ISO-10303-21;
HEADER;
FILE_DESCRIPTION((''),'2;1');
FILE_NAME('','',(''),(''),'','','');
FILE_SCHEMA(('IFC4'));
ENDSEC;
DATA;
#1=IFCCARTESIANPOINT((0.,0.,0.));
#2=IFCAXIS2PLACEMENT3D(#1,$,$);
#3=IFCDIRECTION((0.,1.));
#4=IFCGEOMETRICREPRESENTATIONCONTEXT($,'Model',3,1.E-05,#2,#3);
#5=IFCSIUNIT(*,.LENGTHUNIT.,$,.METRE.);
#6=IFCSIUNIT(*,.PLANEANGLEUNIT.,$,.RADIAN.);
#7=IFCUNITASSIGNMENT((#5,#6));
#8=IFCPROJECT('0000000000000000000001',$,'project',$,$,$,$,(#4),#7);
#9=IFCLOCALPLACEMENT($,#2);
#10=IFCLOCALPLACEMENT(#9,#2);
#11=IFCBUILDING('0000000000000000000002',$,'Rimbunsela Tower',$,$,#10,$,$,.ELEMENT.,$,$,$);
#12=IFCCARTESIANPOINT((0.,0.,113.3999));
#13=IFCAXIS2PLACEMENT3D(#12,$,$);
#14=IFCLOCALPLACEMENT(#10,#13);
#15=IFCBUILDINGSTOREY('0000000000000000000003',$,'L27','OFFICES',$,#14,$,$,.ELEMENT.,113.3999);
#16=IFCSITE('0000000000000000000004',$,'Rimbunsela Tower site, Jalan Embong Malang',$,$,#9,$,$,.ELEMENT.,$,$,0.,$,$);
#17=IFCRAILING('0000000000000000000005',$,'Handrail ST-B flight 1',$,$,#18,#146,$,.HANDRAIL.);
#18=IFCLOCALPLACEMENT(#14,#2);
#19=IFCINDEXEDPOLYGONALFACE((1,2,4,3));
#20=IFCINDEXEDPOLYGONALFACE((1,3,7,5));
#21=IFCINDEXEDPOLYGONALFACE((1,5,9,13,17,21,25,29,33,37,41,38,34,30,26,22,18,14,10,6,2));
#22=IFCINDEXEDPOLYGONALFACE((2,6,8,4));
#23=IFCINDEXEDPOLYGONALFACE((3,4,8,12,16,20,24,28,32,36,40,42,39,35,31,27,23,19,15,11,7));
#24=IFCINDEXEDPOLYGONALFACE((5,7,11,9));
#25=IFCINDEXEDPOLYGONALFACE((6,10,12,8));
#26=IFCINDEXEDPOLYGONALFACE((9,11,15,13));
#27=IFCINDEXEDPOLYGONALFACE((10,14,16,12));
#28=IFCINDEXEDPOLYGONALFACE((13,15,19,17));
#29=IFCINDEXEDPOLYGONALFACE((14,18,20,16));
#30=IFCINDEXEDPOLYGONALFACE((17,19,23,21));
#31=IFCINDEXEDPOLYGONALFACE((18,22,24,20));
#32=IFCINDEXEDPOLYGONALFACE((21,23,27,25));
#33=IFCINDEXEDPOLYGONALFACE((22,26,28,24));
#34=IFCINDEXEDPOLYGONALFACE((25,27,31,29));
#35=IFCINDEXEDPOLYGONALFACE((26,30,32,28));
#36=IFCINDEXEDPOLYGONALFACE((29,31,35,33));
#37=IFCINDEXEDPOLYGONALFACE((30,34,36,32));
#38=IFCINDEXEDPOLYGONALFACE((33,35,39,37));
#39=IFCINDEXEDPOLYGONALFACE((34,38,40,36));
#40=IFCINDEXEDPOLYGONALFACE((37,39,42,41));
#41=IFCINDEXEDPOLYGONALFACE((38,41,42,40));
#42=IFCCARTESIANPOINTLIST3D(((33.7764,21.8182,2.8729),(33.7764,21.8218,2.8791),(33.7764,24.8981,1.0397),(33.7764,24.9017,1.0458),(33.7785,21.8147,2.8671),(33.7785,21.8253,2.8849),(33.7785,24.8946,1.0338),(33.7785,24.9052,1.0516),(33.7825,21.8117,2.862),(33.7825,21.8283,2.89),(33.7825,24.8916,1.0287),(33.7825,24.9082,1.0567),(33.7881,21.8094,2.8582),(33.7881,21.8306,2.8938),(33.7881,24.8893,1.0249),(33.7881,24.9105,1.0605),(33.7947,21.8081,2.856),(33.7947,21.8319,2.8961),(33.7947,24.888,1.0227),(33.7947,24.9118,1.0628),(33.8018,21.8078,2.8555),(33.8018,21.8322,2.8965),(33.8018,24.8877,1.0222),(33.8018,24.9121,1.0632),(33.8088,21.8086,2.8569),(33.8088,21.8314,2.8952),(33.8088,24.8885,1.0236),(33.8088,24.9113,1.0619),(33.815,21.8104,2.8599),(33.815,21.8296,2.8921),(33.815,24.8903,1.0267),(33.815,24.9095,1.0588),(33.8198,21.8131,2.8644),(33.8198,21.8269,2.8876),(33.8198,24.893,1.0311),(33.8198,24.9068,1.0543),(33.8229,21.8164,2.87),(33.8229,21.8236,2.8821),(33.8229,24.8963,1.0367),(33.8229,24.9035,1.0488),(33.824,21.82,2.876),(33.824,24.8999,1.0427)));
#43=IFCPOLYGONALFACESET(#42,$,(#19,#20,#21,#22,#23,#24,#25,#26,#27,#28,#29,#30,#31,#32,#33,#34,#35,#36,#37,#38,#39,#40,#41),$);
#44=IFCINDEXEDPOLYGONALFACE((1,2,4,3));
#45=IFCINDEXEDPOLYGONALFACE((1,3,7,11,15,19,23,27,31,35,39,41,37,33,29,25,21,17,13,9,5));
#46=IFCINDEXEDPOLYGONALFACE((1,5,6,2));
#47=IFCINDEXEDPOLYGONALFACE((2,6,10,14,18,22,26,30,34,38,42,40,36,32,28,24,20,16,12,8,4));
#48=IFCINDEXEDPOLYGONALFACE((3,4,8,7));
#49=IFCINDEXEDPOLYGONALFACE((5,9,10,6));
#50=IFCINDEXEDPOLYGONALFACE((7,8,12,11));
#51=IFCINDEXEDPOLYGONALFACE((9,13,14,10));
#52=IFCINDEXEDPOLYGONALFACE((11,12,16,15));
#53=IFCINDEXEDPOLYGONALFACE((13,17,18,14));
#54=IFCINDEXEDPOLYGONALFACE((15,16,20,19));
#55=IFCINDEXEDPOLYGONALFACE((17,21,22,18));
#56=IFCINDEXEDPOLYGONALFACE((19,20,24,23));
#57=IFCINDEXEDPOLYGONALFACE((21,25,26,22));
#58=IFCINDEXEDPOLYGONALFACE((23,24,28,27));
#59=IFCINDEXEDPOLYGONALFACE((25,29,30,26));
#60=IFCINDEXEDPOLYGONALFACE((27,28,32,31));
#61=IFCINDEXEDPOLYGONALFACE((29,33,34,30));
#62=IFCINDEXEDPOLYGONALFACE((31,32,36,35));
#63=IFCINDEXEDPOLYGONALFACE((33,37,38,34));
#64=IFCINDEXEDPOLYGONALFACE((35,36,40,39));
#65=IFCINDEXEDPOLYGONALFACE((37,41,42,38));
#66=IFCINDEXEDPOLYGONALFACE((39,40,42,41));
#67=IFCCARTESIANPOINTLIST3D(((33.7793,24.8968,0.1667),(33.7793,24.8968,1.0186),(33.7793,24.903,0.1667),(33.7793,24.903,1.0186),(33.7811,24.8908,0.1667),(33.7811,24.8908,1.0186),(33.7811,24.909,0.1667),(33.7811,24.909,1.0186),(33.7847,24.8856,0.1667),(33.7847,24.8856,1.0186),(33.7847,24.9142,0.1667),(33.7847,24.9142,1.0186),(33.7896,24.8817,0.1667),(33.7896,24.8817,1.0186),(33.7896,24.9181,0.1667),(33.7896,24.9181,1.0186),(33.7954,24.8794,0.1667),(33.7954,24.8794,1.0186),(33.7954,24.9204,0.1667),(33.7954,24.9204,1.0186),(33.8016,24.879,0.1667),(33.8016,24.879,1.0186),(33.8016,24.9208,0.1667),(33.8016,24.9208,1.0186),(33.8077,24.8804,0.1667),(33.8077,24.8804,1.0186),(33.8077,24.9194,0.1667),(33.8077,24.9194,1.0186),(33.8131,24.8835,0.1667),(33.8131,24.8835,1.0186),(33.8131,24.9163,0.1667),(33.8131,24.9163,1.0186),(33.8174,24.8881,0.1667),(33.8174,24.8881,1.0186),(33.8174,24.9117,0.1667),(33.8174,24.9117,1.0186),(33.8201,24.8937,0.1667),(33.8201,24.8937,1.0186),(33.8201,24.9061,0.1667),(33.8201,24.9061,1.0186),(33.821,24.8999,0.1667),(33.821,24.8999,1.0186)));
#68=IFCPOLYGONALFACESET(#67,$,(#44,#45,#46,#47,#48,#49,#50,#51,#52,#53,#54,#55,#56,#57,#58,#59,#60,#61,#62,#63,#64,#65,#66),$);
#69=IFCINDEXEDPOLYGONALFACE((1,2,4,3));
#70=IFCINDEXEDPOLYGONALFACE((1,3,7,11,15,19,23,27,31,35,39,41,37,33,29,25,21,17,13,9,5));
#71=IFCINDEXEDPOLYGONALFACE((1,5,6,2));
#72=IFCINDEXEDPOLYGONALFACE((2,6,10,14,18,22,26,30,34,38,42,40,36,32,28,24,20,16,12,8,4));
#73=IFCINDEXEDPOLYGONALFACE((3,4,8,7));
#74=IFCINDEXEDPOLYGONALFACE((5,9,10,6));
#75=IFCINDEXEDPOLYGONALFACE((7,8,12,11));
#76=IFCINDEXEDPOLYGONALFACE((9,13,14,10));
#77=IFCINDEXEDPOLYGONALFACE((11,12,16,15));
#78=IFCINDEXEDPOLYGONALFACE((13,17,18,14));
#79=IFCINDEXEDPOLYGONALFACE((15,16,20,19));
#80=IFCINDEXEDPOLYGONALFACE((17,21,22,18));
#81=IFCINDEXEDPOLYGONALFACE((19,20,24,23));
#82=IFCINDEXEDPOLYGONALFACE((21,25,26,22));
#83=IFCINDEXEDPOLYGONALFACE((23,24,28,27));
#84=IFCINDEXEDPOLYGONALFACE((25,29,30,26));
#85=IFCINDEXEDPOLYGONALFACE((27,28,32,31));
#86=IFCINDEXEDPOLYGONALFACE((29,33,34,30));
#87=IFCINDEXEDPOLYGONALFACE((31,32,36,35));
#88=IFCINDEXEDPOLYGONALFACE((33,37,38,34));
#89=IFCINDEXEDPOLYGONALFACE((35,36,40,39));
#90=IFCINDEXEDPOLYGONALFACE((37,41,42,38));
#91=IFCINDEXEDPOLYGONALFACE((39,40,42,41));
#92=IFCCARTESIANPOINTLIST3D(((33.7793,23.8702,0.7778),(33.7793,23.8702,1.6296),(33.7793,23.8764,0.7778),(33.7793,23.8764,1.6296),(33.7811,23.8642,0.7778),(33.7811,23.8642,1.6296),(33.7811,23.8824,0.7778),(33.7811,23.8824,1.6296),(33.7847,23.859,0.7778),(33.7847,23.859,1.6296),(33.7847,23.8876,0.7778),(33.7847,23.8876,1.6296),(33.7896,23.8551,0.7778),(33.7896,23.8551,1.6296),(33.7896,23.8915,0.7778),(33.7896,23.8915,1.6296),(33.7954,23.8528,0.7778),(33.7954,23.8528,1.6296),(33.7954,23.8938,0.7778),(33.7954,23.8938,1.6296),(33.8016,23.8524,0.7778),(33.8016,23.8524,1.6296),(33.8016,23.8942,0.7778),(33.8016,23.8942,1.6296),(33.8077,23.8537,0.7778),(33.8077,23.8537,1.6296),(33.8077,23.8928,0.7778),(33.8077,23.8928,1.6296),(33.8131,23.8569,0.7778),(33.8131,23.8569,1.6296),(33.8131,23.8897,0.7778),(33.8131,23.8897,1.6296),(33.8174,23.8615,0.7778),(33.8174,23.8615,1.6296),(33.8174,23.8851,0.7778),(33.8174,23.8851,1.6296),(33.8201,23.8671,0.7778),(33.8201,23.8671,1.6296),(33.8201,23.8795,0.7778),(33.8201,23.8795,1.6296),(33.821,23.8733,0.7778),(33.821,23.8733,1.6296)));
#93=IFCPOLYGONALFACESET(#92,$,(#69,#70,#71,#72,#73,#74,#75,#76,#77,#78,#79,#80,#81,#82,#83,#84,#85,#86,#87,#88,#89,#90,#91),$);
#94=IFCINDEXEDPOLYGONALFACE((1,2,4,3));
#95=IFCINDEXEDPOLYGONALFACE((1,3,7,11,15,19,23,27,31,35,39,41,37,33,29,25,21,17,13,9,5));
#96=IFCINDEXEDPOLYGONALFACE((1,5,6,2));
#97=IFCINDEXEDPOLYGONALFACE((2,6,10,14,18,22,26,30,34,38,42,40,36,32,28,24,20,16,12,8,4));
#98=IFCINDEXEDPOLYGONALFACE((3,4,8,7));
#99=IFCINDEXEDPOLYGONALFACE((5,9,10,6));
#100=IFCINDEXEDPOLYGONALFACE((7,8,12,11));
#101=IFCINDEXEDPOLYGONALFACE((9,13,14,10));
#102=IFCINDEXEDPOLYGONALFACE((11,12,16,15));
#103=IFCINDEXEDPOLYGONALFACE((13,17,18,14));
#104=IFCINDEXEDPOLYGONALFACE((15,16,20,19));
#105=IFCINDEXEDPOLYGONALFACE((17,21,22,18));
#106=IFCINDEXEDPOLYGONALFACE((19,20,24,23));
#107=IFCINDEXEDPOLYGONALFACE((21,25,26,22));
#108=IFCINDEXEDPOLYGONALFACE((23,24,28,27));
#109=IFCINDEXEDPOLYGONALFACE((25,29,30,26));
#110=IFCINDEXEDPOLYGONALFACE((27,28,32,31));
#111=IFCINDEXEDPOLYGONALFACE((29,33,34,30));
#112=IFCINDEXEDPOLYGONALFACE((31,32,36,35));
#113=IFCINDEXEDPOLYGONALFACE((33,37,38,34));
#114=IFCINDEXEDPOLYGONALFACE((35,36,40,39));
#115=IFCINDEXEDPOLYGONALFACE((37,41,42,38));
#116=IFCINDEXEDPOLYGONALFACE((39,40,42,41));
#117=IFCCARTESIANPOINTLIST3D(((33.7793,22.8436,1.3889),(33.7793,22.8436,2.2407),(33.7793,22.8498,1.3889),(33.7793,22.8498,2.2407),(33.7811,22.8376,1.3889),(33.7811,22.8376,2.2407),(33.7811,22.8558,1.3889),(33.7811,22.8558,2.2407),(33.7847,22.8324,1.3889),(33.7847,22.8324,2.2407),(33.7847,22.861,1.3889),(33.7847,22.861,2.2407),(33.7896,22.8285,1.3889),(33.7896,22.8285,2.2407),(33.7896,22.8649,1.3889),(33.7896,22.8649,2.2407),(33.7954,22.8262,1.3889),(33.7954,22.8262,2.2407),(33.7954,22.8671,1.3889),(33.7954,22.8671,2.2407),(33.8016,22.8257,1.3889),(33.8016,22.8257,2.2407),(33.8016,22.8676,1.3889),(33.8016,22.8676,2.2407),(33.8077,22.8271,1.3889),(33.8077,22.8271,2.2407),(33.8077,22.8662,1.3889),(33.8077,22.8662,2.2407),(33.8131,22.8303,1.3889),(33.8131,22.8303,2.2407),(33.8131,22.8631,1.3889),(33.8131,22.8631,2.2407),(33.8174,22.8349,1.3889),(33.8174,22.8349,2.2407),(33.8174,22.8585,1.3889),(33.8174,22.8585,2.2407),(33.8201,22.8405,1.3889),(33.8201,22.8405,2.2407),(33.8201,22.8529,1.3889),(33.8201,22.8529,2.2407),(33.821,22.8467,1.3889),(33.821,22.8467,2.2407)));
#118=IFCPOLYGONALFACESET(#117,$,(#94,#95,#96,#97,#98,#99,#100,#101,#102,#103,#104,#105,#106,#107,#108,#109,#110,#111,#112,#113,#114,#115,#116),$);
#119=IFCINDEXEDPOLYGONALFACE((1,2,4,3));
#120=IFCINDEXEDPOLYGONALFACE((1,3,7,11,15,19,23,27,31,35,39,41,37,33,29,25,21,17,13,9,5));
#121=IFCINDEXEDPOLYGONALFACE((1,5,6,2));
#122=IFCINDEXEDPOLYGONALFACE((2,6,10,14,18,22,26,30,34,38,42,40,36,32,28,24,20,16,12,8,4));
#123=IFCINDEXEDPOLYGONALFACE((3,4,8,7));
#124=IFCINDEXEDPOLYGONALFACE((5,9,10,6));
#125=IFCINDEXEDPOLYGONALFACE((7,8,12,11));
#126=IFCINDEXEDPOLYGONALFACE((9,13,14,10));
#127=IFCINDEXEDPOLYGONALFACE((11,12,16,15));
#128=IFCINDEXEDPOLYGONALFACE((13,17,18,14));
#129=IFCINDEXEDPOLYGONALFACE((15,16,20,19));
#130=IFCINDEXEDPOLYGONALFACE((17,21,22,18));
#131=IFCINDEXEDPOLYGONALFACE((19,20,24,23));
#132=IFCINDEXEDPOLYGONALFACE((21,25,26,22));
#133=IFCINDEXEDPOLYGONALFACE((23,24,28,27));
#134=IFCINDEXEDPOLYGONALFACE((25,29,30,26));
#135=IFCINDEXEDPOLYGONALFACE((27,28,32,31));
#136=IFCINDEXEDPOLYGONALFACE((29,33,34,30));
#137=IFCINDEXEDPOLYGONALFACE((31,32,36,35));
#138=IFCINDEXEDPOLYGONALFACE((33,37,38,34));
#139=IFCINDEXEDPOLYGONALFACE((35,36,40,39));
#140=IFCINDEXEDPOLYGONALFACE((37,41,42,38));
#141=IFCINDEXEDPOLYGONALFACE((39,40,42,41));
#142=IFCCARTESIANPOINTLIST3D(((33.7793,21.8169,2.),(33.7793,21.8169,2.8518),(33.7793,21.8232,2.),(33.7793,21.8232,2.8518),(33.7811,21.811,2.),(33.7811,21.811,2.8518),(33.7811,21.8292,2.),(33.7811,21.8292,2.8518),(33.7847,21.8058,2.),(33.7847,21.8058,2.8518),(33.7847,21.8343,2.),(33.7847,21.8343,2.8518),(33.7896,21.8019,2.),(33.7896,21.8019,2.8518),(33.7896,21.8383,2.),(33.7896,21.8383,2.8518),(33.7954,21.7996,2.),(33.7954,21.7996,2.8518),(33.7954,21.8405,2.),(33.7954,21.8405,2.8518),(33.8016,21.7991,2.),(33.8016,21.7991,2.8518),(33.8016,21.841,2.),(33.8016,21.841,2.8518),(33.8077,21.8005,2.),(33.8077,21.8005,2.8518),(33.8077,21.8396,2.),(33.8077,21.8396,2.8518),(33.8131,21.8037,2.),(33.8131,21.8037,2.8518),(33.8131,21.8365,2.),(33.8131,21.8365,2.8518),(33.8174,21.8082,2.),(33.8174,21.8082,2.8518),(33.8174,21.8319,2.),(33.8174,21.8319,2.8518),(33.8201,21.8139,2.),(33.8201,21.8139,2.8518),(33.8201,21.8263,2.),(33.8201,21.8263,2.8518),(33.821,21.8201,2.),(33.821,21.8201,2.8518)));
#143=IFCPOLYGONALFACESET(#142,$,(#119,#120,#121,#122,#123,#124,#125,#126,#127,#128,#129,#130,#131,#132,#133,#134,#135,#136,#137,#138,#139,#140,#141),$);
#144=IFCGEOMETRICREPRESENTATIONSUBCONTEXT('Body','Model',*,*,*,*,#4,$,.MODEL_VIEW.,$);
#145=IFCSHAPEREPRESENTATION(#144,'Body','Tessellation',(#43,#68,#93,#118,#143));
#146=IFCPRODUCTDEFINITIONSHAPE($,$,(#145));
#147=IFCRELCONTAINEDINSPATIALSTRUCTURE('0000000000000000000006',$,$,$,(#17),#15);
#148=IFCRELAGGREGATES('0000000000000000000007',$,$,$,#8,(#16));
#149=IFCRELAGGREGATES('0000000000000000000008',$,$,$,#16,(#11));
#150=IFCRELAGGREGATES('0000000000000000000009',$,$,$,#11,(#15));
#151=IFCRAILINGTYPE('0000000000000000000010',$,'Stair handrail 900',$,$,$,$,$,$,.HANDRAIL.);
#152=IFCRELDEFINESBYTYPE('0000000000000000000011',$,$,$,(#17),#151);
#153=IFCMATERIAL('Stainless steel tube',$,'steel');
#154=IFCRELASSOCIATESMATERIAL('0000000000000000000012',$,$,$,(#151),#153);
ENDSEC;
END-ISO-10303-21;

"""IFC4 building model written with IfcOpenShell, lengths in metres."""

from ifc_helpers import new_model, si_unit, direction, frame, origin, origin_2d, place, context, subcontext, project, spatial, circle, extrude, material, type_object, element, save


model = new_model("IFC4")

# Units and contexts
model_context = context("Model", 3, precision=1e-05, world=origin(), true_north=direction((0.0, 1.0)))
body_context = subcontext(model_context, "Body", "Model", "MODEL_VIEW")
ifc_project = project(units=[si_unit("LENGTHUNIT", "METRE"), si_unit("PLANEANGLEUNIT", "RADIAN")], contexts=[model_context])

# Site, building, storey
site_placement = place(None, origin())
site = spatial("IfcSite", under=ifc_project, at=site_placement, Name="Rimbunsela Tower site, Jalan Embong Malang", CompositionType="ELEMENT", RefElevation=0.0)
building_placement = place(site_placement, origin())
building = spatial("IfcBuilding", under=site, at=building_placement, Name="Rimbunsela Tower", CompositionType="ELEMENT")
storey_placement = place(building_placement, frame((0.0, 0.0, 113.3999)))
storey = spatial("IfcBuildingStorey", under=building, at=storey_placement, Name="L27", Description="OFFICES", CompositionType="ELEMENT", Elevation=113.3999)

# Railing
ifc_material_1 = material(Name="Stainless steel tube", Category="steel")
railing_type = type_object("IfcRailingType", Name="Stair handrail 900", PredefinedType="HANDRAIL", material=ifc_material_1)
railing_1_placement = place(storey_placement, frame((33.8, 24.8999, 0.1667)))
element("IfcRailing", 1, at=railing_1_placement, inside=storey, type_object=railing_type, Name="Handrail ST-B flight 1", PredefinedType="HANDRAIL", context=body_context, shape_type="SweptSolid", body=[
    extrude(circle(Radius=0.0239, at=origin_2d()), frame((0.0, 0.0, 0.876), z_axis=(0.0, -0.859291, 0.511487), x_axis=(1.0, 0.0, 0.0)), (0.0, 0.0, 1.0), 3.5842),
    extrude(circle(Radius=0.021, at=origin_2d()), origin(), (0.0, 0.0, 1.0), 0.8518),
    extrude(circle(Radius=0.021, at=origin_2d()), frame((0.0, -1.0266, 0.6111)), (0.0, 0.0, 1.0), 0.8518),
    extrude(circle(Radius=0.021, at=origin_2d()), frame((0.0, -2.0532, 1.2222)), (0.0, 0.0, 1.0), 0.8518),
    extrude(circle(Radius=0.021, at=origin_2d()), frame((0.0, -3.0798, 1.8333)), (0.0, 0.0, 1.0), 0.8518),
])

save(model, "model.ifc")
